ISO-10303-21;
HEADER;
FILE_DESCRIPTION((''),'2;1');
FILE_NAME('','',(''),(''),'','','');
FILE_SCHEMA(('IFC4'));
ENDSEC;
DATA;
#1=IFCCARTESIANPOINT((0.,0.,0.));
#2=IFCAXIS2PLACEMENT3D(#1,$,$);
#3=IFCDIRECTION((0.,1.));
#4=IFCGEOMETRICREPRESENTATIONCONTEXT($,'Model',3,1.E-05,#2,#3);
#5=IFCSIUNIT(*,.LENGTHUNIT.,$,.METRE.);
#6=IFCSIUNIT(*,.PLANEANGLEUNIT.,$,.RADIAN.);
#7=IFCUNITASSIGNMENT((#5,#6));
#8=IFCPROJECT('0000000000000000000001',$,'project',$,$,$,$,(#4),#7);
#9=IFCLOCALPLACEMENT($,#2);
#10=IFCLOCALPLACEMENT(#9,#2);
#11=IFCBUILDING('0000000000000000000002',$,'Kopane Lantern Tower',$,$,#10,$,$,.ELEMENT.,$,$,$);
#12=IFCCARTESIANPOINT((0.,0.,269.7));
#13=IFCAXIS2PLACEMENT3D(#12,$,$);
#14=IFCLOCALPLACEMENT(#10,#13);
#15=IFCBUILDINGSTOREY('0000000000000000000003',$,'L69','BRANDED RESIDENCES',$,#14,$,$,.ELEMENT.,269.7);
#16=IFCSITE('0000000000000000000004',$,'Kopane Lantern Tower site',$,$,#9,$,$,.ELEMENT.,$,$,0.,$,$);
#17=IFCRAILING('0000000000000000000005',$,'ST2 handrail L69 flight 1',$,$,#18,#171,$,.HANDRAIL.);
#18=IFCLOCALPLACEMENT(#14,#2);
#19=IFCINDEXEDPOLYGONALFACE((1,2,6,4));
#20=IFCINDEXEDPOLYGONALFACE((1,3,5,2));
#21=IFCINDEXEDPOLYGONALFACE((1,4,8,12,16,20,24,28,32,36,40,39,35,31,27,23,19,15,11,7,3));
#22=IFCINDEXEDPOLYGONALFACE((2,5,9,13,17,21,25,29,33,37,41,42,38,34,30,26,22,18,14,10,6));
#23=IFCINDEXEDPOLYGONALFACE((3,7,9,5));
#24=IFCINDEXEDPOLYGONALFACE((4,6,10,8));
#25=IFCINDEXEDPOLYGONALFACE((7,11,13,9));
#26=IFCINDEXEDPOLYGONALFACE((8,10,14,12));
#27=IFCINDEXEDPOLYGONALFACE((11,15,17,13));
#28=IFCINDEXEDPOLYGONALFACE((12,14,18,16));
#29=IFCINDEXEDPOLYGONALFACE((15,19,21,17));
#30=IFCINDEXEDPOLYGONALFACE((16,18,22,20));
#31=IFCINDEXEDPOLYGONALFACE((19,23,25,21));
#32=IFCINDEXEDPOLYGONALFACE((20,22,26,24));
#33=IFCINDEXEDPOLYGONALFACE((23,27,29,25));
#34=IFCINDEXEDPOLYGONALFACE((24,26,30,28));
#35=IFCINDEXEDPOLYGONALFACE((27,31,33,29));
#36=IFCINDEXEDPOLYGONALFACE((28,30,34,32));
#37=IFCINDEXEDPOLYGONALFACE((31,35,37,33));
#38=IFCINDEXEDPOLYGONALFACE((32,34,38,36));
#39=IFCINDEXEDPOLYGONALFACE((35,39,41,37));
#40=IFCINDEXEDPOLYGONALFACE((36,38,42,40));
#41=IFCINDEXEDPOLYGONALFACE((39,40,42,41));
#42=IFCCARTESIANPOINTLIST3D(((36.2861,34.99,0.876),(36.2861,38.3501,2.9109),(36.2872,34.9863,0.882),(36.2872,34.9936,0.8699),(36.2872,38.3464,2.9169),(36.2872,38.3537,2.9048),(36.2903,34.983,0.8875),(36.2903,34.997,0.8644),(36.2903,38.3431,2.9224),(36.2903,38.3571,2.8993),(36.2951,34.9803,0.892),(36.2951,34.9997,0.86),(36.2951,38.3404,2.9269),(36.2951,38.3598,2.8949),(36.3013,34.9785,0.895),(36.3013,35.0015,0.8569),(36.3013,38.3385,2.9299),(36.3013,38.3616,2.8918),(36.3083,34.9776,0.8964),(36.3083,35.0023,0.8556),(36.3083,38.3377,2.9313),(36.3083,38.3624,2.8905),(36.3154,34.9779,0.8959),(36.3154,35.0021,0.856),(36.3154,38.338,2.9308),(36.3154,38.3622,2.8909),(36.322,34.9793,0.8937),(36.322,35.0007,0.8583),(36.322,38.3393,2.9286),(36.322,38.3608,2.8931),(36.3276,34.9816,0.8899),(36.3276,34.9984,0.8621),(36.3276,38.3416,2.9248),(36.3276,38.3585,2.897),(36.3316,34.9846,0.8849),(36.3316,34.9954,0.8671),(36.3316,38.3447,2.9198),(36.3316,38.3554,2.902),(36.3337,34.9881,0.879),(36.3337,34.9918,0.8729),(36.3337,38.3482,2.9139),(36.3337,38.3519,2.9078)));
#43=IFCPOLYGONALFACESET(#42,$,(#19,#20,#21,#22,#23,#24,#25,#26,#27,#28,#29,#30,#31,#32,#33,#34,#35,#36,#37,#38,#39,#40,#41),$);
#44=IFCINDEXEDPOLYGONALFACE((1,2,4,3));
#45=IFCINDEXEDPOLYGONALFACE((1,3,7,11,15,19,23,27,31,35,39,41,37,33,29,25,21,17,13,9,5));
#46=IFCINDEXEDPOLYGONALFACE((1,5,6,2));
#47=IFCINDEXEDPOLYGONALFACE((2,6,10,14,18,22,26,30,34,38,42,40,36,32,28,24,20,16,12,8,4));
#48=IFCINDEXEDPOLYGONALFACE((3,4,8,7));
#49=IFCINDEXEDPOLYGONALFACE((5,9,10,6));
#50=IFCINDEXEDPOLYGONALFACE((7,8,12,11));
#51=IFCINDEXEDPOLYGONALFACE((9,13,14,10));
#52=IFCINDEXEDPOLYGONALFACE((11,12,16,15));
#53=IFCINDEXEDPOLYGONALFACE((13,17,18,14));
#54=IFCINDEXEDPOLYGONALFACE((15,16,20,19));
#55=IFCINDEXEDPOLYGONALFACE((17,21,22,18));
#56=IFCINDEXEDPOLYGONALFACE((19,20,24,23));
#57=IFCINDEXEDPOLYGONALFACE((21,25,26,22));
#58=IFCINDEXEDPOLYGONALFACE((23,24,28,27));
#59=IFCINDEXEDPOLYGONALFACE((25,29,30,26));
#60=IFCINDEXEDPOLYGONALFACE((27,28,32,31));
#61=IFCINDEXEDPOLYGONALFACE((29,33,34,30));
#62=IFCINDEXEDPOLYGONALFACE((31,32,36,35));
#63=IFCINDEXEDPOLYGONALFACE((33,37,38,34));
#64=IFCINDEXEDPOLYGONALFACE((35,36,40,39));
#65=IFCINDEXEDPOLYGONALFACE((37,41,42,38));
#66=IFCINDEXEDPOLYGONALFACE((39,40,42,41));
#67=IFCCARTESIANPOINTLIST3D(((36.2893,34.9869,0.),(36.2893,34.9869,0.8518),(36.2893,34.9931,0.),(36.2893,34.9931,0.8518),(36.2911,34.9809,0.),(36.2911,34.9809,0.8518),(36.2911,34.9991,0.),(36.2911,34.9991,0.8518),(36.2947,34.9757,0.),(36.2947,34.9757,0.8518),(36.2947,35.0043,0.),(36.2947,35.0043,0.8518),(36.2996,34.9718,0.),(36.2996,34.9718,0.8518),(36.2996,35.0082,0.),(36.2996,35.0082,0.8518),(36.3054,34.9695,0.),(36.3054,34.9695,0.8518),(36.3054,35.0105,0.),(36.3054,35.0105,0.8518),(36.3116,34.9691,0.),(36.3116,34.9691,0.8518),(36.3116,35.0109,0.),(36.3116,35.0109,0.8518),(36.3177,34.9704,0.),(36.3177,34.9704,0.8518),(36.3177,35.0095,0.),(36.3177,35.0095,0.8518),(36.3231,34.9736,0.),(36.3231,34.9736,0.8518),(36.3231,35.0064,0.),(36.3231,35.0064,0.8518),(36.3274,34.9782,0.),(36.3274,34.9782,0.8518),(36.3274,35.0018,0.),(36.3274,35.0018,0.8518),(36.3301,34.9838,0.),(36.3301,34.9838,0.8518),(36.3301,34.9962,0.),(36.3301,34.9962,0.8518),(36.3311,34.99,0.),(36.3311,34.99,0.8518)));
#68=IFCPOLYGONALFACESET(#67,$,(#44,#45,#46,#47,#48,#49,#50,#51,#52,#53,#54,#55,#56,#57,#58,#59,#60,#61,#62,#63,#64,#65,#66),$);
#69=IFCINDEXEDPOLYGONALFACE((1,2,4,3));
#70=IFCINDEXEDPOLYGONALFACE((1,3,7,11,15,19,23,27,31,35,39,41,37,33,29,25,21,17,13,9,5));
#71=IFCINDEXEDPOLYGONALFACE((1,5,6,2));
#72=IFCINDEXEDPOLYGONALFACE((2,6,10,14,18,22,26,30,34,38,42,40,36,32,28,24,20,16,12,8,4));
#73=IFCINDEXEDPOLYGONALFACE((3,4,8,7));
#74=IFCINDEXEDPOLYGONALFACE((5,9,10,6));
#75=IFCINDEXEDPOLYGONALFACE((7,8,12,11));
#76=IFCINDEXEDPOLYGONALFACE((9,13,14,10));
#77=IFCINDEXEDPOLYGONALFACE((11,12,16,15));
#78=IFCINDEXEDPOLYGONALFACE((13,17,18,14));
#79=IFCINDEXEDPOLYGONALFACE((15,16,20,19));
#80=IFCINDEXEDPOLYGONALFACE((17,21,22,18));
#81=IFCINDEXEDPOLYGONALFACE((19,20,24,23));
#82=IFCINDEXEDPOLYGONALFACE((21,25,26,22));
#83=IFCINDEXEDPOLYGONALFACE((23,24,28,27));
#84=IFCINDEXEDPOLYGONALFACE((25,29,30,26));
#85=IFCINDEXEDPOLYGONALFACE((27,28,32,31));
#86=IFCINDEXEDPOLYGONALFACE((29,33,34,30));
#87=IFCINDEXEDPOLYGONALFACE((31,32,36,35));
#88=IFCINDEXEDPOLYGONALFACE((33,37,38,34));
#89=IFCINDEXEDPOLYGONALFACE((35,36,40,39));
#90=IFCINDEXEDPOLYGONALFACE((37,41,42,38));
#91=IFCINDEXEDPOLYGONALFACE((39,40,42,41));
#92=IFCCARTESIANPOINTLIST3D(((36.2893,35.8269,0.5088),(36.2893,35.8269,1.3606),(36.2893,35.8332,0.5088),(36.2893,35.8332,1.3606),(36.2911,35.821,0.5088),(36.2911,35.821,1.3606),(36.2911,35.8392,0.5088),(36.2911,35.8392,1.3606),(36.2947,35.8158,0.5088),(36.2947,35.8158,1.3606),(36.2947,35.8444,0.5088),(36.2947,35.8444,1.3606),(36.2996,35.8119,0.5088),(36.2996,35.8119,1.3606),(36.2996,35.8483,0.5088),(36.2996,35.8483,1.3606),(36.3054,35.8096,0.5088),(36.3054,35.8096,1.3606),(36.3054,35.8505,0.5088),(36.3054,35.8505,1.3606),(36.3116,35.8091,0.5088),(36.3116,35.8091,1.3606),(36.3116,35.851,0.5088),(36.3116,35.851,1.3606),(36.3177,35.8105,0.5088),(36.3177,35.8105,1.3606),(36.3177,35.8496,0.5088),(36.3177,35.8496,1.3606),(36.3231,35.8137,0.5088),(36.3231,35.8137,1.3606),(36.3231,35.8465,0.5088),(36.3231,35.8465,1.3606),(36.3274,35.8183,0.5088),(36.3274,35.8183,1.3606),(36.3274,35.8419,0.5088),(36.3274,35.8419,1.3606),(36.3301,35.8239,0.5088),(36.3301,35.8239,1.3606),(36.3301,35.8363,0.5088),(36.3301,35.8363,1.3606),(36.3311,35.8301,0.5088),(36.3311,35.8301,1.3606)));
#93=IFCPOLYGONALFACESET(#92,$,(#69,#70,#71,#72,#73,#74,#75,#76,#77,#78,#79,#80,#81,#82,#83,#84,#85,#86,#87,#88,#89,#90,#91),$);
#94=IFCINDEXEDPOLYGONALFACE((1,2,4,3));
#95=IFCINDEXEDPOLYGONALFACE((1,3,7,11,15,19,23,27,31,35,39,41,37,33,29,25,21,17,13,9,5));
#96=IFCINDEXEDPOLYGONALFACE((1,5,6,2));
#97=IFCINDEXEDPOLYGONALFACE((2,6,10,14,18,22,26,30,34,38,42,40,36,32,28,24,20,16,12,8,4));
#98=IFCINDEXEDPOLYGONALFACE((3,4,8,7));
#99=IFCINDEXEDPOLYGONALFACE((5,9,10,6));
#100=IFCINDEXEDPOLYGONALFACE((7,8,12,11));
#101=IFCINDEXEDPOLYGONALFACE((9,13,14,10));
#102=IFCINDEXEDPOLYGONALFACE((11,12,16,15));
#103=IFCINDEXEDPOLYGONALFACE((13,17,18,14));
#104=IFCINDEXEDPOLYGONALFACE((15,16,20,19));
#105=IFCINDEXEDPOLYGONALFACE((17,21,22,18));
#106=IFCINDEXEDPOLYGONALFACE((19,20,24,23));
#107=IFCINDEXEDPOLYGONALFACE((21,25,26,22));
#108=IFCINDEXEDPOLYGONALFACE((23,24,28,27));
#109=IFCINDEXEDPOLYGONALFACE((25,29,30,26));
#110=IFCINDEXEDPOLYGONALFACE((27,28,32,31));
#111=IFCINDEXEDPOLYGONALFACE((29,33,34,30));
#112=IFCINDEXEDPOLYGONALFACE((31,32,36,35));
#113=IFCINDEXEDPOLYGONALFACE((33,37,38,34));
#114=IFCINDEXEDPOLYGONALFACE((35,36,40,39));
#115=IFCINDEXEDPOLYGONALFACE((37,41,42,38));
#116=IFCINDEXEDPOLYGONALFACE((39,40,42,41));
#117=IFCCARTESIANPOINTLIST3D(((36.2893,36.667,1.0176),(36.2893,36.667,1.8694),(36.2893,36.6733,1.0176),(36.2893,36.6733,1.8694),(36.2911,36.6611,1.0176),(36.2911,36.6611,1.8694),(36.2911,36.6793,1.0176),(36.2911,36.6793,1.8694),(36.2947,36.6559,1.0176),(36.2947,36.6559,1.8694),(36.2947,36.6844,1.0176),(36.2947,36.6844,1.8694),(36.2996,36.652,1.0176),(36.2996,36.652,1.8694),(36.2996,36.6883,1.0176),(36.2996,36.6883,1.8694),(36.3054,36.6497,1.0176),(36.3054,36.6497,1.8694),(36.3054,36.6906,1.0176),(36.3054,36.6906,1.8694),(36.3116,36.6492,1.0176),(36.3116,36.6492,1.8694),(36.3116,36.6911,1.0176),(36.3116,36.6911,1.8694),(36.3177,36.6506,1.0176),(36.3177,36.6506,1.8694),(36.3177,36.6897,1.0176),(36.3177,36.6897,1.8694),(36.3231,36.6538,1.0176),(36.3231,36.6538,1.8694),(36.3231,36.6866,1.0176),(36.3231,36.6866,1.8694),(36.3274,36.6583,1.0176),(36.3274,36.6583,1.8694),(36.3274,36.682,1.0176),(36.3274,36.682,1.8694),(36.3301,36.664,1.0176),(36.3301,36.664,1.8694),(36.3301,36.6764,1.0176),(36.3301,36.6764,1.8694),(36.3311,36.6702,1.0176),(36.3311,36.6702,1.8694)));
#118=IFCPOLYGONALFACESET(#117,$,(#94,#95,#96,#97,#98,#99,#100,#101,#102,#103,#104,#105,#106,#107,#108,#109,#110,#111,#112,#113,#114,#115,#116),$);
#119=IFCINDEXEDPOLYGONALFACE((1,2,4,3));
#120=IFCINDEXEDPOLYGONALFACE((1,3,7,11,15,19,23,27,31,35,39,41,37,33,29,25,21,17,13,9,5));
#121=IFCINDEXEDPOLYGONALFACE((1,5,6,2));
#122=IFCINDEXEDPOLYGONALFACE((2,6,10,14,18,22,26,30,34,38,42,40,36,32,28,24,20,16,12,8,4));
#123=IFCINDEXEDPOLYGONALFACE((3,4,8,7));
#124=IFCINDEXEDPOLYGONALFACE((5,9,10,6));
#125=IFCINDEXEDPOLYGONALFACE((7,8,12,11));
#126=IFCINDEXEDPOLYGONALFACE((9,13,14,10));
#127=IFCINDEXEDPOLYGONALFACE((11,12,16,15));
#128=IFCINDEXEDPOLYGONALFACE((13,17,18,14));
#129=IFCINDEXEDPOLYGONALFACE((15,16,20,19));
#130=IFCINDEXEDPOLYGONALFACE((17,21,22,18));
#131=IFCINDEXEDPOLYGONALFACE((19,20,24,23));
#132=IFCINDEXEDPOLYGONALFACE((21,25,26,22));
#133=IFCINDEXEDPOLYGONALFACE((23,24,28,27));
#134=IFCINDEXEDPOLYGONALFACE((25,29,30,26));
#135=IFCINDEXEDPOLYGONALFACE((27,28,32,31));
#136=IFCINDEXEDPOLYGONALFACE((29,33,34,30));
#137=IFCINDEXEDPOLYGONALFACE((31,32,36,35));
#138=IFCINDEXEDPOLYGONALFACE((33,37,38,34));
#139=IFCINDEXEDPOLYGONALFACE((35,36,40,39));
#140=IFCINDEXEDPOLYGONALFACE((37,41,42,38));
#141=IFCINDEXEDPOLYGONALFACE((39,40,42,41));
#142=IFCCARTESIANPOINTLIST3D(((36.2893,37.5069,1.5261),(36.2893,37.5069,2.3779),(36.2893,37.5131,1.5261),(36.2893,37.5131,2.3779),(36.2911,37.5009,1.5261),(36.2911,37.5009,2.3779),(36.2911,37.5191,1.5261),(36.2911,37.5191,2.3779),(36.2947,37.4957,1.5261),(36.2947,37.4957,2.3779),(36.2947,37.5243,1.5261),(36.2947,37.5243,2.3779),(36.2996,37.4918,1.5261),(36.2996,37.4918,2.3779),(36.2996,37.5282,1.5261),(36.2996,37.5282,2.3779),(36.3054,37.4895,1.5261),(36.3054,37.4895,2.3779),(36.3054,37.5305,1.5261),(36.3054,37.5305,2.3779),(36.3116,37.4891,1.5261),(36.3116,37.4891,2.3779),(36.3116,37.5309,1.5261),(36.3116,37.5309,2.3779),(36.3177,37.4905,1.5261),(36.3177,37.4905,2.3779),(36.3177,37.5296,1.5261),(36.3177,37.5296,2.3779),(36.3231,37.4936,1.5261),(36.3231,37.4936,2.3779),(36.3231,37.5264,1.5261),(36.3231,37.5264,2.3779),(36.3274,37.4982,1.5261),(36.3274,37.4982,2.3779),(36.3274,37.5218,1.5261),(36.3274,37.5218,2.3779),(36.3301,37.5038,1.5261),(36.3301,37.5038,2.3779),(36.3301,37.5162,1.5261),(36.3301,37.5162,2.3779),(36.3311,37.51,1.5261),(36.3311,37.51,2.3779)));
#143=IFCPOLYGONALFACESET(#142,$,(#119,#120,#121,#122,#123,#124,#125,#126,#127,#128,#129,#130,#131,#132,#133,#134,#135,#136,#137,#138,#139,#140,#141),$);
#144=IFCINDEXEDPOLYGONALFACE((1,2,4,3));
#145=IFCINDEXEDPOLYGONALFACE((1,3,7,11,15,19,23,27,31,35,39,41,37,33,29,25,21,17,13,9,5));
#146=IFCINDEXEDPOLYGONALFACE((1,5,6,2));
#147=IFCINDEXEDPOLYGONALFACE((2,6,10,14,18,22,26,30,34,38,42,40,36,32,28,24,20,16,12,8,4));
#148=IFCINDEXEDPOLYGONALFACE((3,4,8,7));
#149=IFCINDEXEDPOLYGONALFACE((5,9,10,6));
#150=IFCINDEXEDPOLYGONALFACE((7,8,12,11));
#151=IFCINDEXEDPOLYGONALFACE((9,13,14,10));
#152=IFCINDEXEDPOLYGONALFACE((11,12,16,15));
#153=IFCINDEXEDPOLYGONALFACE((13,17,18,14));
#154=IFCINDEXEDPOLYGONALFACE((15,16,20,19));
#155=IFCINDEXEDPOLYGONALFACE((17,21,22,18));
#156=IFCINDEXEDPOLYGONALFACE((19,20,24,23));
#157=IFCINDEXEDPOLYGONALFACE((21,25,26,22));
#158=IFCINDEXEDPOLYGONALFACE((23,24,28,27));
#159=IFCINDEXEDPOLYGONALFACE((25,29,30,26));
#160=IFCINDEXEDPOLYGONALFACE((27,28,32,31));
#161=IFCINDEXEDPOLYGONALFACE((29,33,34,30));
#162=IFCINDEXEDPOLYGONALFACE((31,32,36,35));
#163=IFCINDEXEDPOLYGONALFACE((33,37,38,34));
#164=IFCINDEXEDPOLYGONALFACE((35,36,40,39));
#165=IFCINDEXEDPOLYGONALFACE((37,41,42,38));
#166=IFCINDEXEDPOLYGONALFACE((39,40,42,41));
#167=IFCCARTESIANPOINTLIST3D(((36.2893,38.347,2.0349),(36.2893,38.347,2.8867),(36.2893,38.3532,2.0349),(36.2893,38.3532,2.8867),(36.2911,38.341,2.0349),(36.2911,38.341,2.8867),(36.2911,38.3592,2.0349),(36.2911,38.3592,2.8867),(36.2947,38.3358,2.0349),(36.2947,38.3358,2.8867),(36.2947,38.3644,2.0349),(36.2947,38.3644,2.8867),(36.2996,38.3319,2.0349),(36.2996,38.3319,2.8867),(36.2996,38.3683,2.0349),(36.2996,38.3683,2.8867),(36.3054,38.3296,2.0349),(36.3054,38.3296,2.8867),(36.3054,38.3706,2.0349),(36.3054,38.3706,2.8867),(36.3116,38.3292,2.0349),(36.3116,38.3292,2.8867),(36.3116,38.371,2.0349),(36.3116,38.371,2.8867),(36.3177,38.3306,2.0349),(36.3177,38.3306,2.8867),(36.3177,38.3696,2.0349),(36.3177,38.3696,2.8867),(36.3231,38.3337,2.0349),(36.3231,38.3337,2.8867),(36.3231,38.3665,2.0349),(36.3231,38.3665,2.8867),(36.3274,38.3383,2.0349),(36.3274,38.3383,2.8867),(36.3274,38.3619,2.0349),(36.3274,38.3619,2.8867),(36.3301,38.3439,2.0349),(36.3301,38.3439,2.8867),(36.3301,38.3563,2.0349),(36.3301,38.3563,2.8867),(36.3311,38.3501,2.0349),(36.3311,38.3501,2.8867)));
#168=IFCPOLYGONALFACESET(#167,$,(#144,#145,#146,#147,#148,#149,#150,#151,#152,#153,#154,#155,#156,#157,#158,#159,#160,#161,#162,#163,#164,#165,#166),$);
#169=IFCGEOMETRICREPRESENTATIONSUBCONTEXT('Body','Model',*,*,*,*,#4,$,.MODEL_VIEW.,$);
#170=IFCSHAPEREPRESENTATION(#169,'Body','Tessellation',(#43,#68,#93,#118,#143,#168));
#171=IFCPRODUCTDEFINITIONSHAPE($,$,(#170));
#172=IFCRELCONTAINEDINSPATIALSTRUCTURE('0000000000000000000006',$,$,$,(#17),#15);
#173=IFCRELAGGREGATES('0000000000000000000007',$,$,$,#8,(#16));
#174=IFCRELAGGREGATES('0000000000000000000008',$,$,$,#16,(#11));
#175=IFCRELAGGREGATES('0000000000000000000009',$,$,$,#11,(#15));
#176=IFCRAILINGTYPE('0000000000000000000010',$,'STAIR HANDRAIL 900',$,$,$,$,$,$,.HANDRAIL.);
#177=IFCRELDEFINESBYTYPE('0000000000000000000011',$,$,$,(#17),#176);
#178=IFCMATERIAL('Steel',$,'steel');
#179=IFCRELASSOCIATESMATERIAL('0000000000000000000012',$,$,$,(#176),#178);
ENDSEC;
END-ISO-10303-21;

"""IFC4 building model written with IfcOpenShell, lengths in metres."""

from ifc_helpers import new_model, si_unit, direction, frame, origin, origin_2d, place, context, subcontext, project, spatial, circle, extrude, material, type_object, element, save


model = new_model("IFC4")

# Units and contexts
model_context = context("Model", 3, precision=1e-05, world=origin(), true_north=direction((0.0, 1.0)))
body_context = subcontext(model_context, "Body", "Model", "MODEL_VIEW")
ifc_project = project(units=[si_unit("LENGTHUNIT", "METRE"), si_unit("PLANEANGLEUNIT", "RADIAN")], contexts=[model_context])

# Site, building, storey
site_placement = place(None, origin())
site = spatial("IfcSite", under=ifc_project, at=site_placement, Name="Kopane Lantern Tower site", CompositionType="ELEMENT", RefElevation=0.0)
building_placement = place(site_placement, origin())
building = spatial("IfcBuilding", under=site, at=building_placement, Name="Kopane Lantern Tower", CompositionType="ELEMENT")
storey_placement = place(building_placement, frame((0.0, 0.0, 269.7)))
storey = spatial("IfcBuildingStorey", under=building, at=storey_placement, Name="L69", Description="BRANDED RESIDENCES", CompositionType="ELEMENT", Elevation=269.7)

# Railing
ifc_material_1 = material(Name="Steel", Category="steel")
railing_type_1 = type_object("IfcRailingType", Name="STAIR HANDRAIL 900", PredefinedType="HANDRAIL", material=ifc_material_1)
for number, where, name in (
    (1, (36.3101, 34.99, 0.0), "ST2 handrail L69 flight 1"),
):
    element("IfcRailing", number, at=place(storey_placement, frame(where)), inside=storey, type_object=railing_type_1, Name=name, PredefinedType="HANDRAIL", context=body_context, shape_type="SweptSolid", body=[
        extrude(circle(Radius=0.0239, at=origin_2d()), frame((0.0, 0.0, 0.876), z_axis=(0.0, 0.855369, 0.518019), x_axis=(-1.0, 0.0, 0.0)), (0.0, 0.0, 1.0), 3.9282),
        extrude(circle(Radius=0.021, at=origin_2d()), origin(), (0.0, 0.0, 1.0), 0.8518),
        extrude(circle(Radius=0.021, at=origin_2d()), frame((0.0, 0.8401, 0.5088)), (0.0, 0.0, 1.0), 0.8518),
        extrude(circle(Radius=0.021, at=origin_2d()), frame((0.0, 1.6802, 1.0176)), (0.0, 0.0, 1.0), 0.8518),
        extrude(circle(Radius=0.021, at=origin_2d()), frame((0.0, 2.52, 1.5261)), (0.0, 0.0, 1.0), 0.8518),
        extrude(circle(Radius=0.021, at=origin_2d()), frame((0.0, 3.3601, 2.0349)), (0.0, 0.0, 1.0), 0.8518),
    ])

save(model, "model.ifc")
